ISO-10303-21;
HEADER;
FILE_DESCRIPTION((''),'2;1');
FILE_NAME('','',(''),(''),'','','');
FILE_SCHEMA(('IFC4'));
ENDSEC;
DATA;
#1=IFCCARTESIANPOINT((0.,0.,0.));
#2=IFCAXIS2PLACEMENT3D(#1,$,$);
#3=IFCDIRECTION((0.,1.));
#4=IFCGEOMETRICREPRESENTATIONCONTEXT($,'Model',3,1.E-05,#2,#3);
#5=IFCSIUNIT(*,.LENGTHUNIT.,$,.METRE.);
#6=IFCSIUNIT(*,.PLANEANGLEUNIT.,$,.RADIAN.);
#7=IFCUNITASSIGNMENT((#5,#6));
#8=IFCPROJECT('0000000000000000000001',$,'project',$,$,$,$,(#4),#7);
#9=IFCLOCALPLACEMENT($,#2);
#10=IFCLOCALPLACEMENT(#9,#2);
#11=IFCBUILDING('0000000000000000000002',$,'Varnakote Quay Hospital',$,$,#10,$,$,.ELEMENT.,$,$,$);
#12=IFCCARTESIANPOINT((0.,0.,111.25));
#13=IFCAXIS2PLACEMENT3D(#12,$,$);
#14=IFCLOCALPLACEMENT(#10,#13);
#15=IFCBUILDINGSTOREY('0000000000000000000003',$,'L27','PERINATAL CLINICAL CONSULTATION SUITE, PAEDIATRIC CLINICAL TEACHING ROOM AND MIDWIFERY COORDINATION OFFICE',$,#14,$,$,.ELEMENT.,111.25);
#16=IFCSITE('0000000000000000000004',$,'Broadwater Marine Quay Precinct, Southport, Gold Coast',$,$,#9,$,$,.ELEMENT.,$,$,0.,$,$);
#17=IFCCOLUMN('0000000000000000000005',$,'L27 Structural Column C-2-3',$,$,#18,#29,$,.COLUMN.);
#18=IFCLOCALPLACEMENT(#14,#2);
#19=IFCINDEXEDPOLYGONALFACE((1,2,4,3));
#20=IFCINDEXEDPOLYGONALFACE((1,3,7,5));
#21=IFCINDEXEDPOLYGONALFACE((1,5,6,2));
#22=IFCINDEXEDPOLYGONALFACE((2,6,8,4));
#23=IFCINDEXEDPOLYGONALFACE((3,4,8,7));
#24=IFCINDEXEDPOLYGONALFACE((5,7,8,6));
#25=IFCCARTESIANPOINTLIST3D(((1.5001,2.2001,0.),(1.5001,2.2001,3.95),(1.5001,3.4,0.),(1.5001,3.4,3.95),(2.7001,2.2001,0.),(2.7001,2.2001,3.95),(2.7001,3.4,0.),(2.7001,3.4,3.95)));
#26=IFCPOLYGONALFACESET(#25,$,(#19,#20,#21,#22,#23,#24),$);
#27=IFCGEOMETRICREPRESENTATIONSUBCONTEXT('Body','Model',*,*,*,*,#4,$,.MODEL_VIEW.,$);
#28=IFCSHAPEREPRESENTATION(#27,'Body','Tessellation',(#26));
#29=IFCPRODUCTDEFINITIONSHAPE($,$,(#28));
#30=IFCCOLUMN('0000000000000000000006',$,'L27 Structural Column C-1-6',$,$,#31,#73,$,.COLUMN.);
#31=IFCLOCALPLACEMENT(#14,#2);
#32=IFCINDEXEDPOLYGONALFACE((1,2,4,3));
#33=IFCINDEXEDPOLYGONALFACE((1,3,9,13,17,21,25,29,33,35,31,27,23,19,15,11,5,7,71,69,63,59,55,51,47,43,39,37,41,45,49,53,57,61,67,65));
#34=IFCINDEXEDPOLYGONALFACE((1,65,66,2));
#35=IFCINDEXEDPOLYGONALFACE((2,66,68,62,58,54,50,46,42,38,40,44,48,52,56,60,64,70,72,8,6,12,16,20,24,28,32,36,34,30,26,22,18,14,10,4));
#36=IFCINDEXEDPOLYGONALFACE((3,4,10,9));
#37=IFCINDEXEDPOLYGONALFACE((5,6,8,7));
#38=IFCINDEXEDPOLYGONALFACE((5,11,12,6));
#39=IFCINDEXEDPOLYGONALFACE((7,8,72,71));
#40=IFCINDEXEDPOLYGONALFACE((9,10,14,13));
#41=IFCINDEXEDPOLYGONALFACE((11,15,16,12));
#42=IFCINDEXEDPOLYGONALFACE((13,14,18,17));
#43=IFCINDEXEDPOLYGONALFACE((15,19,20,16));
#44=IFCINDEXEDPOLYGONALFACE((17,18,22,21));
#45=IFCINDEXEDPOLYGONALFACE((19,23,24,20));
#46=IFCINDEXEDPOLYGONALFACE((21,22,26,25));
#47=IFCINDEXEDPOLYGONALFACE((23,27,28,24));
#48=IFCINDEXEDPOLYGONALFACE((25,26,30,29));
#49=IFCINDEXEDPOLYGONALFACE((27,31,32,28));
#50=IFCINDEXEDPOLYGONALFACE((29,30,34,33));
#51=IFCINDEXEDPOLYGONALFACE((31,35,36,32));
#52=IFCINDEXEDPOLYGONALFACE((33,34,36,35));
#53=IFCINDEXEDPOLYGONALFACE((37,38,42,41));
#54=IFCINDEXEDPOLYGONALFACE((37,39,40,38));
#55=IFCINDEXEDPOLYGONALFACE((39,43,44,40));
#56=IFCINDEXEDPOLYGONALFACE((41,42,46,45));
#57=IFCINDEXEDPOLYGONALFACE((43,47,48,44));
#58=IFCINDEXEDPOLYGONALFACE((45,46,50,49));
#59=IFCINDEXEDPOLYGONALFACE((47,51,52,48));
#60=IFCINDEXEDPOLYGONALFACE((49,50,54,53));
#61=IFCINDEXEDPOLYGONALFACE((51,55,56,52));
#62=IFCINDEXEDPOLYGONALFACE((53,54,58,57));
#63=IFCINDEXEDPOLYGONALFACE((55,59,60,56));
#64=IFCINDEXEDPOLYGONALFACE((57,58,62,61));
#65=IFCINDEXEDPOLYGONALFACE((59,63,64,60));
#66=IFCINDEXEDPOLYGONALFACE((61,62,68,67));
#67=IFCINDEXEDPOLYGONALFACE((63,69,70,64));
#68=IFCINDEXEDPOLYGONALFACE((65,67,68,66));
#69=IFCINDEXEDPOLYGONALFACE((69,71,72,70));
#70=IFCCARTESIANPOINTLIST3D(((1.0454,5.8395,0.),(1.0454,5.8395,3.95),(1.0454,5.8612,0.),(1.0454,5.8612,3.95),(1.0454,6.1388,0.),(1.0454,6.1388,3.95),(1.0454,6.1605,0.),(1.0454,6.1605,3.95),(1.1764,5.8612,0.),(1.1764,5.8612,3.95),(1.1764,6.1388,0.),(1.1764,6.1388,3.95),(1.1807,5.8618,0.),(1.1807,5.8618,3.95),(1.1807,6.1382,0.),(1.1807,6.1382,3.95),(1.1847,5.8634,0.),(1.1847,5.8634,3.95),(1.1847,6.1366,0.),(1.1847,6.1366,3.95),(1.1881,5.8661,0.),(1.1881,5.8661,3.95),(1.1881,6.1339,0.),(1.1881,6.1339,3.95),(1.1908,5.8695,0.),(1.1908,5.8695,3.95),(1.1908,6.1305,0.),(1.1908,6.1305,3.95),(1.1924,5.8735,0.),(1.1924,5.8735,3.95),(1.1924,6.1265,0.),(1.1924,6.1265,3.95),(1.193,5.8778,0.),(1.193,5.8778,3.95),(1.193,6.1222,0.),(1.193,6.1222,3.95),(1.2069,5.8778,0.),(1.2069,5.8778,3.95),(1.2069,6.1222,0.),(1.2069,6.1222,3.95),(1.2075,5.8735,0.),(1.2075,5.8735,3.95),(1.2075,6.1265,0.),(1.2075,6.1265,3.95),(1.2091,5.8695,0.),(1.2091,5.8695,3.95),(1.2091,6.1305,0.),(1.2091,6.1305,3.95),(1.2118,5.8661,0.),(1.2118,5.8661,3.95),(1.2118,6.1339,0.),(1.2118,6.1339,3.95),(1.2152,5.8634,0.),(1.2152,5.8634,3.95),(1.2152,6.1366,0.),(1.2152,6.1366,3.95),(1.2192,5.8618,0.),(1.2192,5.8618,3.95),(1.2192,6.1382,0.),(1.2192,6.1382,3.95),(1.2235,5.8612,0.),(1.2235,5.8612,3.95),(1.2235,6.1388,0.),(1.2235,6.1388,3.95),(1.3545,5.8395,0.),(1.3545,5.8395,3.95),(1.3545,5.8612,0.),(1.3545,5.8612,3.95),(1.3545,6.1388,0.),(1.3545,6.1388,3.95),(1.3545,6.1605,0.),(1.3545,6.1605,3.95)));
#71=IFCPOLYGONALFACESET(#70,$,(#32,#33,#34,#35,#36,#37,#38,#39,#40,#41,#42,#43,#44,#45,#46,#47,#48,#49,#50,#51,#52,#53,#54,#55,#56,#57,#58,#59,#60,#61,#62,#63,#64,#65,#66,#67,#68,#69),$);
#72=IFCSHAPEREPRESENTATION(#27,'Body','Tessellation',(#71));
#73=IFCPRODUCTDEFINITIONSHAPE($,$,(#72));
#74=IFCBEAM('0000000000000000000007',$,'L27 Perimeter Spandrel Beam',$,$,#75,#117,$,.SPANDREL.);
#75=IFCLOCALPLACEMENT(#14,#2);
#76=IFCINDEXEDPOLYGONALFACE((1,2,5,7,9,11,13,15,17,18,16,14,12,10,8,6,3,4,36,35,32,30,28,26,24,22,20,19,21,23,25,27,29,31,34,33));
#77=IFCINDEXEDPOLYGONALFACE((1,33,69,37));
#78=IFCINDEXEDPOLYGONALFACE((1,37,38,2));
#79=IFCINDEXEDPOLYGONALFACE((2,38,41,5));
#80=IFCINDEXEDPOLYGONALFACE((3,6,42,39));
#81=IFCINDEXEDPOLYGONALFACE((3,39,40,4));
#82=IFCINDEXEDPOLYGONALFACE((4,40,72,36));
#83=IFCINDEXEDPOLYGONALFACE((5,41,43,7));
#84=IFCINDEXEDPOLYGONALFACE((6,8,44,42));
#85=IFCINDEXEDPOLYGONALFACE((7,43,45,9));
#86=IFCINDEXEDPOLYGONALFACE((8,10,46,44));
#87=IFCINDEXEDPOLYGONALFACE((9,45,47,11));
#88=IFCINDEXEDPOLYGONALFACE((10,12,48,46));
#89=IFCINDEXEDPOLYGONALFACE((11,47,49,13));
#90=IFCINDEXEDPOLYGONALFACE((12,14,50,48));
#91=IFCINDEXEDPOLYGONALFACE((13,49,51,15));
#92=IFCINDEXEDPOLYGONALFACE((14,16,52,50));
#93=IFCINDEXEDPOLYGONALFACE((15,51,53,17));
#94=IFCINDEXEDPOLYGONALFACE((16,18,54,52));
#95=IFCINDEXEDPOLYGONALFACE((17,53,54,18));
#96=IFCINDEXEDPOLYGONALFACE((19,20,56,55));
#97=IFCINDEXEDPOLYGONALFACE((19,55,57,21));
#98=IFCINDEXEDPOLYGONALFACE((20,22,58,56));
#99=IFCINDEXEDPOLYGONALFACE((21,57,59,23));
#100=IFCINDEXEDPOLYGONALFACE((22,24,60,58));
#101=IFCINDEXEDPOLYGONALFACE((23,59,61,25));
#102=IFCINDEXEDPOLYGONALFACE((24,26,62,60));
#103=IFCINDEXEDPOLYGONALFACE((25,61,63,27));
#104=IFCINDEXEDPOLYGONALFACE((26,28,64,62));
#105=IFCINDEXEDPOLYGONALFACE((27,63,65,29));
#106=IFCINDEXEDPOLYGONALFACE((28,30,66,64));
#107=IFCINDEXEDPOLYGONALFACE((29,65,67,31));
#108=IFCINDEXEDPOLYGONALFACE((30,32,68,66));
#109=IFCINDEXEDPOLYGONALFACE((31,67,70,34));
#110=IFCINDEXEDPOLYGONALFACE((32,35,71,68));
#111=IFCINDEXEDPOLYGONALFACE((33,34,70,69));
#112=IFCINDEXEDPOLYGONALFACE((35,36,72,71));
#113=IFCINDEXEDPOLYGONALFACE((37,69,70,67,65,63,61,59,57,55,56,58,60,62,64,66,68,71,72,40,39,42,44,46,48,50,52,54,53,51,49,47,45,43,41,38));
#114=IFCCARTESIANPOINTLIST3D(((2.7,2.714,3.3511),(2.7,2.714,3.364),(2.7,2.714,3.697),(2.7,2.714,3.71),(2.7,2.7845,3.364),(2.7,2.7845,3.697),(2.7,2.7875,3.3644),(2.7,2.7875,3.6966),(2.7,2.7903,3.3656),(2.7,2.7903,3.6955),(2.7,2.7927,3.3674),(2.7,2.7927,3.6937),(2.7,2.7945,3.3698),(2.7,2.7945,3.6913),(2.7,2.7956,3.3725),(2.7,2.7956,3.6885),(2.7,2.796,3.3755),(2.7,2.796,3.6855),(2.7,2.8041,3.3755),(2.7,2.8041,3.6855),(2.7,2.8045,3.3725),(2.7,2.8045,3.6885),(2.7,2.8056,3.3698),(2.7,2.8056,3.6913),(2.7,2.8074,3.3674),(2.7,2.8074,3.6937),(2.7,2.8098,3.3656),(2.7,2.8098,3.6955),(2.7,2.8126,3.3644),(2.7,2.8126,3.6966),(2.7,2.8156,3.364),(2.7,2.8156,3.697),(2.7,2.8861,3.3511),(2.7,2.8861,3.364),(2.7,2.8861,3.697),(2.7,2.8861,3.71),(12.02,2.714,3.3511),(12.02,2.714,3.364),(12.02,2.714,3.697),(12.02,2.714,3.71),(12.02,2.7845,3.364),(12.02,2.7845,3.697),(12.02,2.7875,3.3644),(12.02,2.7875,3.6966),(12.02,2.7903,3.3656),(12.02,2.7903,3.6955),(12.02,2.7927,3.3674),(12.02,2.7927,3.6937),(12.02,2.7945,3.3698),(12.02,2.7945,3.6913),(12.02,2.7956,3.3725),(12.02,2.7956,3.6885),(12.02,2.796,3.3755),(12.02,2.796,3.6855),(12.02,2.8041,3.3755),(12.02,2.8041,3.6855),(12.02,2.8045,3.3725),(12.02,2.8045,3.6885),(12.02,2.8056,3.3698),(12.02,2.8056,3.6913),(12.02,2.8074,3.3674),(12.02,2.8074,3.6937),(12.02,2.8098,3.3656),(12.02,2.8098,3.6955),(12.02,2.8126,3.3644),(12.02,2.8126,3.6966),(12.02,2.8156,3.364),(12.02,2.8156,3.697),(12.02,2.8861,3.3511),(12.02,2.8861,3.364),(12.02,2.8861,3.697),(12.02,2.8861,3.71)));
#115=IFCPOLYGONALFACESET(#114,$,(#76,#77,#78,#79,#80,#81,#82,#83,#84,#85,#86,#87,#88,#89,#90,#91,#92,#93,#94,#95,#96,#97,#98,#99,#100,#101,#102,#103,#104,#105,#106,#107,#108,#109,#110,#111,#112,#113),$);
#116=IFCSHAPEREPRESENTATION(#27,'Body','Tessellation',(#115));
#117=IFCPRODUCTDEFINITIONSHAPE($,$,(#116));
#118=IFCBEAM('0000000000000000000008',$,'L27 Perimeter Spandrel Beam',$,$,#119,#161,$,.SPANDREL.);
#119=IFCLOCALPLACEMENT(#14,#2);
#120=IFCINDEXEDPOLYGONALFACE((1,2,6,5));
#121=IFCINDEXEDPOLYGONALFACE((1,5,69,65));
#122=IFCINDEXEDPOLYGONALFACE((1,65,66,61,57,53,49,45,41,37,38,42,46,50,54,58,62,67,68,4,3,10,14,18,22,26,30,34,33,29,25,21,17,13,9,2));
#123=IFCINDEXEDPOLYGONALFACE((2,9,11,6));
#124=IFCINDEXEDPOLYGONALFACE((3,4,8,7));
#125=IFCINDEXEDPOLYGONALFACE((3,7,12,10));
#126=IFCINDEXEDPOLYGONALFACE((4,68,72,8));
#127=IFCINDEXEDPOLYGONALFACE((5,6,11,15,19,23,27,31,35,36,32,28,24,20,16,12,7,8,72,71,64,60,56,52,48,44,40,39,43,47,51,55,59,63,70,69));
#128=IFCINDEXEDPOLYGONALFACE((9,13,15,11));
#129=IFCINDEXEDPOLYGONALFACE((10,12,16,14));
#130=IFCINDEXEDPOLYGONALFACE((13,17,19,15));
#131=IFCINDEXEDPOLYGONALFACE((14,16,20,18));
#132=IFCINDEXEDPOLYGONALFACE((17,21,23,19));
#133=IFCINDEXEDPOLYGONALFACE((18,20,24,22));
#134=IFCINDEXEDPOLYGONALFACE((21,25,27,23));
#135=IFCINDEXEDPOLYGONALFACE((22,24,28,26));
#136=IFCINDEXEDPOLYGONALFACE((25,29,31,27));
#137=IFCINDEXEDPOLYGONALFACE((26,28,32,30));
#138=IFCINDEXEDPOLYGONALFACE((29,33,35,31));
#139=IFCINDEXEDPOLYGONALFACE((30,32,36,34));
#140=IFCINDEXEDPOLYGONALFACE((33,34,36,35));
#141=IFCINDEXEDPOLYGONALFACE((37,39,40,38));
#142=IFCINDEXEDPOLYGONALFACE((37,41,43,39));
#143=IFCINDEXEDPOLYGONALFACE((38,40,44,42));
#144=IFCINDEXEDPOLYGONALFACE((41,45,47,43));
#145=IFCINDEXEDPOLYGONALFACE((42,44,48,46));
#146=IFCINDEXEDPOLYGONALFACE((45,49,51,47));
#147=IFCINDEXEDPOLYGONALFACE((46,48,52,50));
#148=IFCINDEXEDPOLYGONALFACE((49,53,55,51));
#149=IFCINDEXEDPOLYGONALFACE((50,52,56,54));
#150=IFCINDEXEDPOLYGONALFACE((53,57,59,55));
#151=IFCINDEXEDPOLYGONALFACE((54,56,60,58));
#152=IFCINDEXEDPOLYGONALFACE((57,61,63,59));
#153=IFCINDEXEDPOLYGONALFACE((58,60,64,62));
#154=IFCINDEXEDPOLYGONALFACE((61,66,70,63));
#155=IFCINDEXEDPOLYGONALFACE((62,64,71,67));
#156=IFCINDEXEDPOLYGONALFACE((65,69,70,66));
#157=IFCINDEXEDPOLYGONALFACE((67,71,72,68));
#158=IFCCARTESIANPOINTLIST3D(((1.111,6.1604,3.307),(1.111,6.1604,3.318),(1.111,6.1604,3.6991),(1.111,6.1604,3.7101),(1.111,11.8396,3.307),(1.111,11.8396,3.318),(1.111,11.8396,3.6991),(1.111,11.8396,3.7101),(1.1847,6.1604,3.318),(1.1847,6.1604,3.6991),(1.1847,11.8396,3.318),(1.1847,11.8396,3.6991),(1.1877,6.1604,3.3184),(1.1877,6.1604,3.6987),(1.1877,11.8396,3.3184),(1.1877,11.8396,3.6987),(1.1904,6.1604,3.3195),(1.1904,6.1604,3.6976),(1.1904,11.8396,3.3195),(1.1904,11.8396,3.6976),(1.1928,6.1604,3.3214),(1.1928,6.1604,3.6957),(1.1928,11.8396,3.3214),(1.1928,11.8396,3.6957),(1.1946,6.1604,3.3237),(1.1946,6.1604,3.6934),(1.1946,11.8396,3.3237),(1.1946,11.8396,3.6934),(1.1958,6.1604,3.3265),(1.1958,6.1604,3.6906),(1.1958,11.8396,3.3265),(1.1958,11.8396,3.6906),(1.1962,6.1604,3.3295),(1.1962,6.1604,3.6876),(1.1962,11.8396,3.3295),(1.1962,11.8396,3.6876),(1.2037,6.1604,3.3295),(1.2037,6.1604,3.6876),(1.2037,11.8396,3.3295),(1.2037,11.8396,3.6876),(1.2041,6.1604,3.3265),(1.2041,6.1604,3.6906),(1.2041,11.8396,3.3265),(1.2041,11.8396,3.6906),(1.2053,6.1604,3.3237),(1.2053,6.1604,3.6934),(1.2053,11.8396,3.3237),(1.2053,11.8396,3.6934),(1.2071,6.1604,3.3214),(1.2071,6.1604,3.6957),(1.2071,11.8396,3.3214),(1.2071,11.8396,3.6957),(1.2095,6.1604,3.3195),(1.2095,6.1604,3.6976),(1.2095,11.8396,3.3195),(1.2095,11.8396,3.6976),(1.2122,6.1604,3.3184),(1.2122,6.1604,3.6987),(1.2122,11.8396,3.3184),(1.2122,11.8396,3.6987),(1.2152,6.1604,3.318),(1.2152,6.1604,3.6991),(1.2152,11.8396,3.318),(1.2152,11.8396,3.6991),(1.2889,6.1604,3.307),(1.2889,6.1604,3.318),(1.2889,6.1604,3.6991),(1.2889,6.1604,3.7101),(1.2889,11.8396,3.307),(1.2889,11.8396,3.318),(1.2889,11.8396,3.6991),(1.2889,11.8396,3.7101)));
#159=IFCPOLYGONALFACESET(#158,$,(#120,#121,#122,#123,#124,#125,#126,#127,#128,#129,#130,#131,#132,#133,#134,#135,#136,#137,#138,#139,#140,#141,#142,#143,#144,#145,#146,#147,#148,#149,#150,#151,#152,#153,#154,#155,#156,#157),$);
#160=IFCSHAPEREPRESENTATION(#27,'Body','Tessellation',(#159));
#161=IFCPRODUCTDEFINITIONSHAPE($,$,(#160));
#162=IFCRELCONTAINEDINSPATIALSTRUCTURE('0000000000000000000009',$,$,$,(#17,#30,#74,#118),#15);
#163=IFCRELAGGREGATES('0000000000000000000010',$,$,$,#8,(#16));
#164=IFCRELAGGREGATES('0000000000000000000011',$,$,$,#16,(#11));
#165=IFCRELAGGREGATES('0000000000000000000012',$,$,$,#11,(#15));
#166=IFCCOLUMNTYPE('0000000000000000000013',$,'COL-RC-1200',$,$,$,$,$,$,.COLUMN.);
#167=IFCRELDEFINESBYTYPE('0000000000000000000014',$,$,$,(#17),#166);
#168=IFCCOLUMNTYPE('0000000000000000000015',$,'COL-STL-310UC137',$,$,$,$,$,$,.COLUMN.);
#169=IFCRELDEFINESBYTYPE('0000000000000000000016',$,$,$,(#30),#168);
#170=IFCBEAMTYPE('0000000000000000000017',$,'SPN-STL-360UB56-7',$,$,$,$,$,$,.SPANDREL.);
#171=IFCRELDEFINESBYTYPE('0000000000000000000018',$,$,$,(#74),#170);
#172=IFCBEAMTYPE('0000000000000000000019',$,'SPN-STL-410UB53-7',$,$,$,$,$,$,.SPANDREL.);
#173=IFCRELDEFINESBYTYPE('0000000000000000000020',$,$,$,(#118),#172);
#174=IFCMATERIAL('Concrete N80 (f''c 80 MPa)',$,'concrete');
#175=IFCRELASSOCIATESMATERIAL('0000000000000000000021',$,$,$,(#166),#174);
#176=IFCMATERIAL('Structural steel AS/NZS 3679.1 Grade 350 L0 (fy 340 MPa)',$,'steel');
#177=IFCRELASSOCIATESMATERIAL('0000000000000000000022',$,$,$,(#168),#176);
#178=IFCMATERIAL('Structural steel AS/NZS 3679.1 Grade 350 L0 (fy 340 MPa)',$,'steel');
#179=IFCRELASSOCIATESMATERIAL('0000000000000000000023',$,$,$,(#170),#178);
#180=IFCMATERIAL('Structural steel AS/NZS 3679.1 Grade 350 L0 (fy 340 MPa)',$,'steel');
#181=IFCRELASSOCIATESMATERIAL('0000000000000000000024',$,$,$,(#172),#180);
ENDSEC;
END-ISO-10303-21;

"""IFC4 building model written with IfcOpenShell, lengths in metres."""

from ifc_helpers import new_model, si_unit, direction, frame, origin, origin_2d, place, context, subcontext, project, spatial, rectangle, i_section, extrude, material, material_profile, profile_set, type_object, element, save


model = new_model("IFC4")

# Units and contexts
model_context = context("Model", 3, precision=1e-05, world=origin(), true_north=direction((0.0, 1.0)))
body_context = subcontext(model_context, "Body", "Model", "MODEL_VIEW")
ifc_project = project(units=[si_unit("LENGTHUNIT", "METRE"), si_unit("PLANEANGLEUNIT", "RADIAN")], contexts=[model_context])

# Site, building, storey
site_placement = place(None, origin())
site = spatial("IfcSite", under=ifc_project, at=site_placement, Name="Broadwater Marine Quay Precinct, Southport, Gold Coast", CompositionType="ELEMENT", RefElevation=0.0)
building_placement = place(site_placement, origin())
building = spatial("IfcBuilding", under=site, at=building_placement, Name="Varnakote Quay Hospital", CompositionType="ELEMENT")
storey_placement = place(building_placement, frame((0.0, 0.0, 111.25)))
storey = spatial("IfcBuildingStorey", under=building, at=storey_placement, Name="L27", Description="PERINATAL CLINICAL CONSULTATION SUITE, PAEDIATRIC CLINICAL TEACHING ROOM AND MIDWIFERY COORDINATION OFFICE", CompositionType="ELEMENT", Elevation=111.25)

# Columns
ifc_material_1 = material(Name="Concrete N80 (f'c 80 MPa)", Category="concrete")
ifc_material_profile_1 = material_profile(ifc_material_1, rectangle(XDim=1.2, YDim=1.2, at=origin_2d()), Name="RC-COL-1200x1200")
ifc_profile_set_1 = profile_set([ifc_material_profile_1], Name="Concrete N80 (f'c 80 MPa)")
column_type_1 = type_object("IfcColumnType", Name="COL-RC-1200", PredefinedType="COLUMN", material=ifc_profile_set_1)
column_1_placement = place(storey_placement, frame((2.1001, 2.8, 0.0), z_axis=(0.0, 0.0, 1.0), x_axis=(1.0, 0.0, 0.0)))
element("IfcColumn", 1, at=column_1_placement, inside=storey, type_object=column_type_1, Name="L27 Structural Column C-2-3", PredefinedType="COLUMN", context=body_context, shape_type="SweptSolid", body=[
    extrude(rectangle(XDim=1.2, YDim=1.2, at=origin_2d()), origin(), (0.0, 0.0, 1.0), 3.95),
])
ifc_material_2 = material(Name="Structural steel AS/NZS 3679.1 Grade 350 L0 (fy 340 MPa)", Category="steel")
ifc_material_profile_2 = material_profile(ifc_material_2, i_section(OverallWidth=0.3091, OverallDepth=0.321, WebThickness=0.0139, FlangeThickness=0.0217, FilletRadius=0.0166, at=origin_2d()), Name="310UC137")
ifc_profile_set_2 = profile_set([ifc_material_profile_2], Name="Structural steel AS/NZS 3679.1 Grade 350 L0 (fy 340 MPa)")
column_type_2 = type_object("IfcColumnType", Name="COL-STL-310UC137", PredefinedType="COLUMN", material=ifc_profile_set_2)
column_2_placement = place(storey_placement, frame((1.2, 6.0, 0.0), z_axis=(0.0, 0.0, 1.0), x_axis=(1.0, 0.0, 0.0)))
element("IfcColumn", 2, at=column_2_placement, inside=storey, type_object=column_type_2, Name="L27 Structural Column C-1-6", PredefinedType="COLUMN", context=body_context, shape_type="SweptSolid", body=[
    extrude(i_section(OverallWidth=0.3091, OverallDepth=0.321, WebThickness=0.0139, FlangeThickness=0.0217, FilletRadius=0.0166, at=origin_2d()), origin(), (0.0, 0.0, 1.0), 3.95),
])

# Beams
ifc_material_3 = material(Name="Structural steel AS/NZS 3679.1 Grade 350 L0 (fy 340 MPa)", Category="steel")
ifc_material_profile_3 = material_profile(ifc_material_3, i_section(OverallWidth=0.1721, OverallDepth=0.3589, WebThickness=0.0081, FlangeThickness=0.0129, FilletRadius=0.0115, at=origin_2d()), Name="360UB56.7")
ifc_profile_set_3 = profile_set([ifc_material_profile_3], Name="Structural steel AS/NZS 3679.1 Grade 350 L0 (fy 340 MPa)")
beam_type_1 = type_object("IfcBeamType", Name="SPN-STL-360UB56-7", PredefinedType="SPANDREL", material=ifc_profile_set_3)
beam_1_placement = place(storey_placement, frame((2.7, 2.8, 3.5305), z_axis=(1.0, 0.0, 0.0), x_axis=(0.0, 1.0, 0.0)))
element("IfcBeam", 3, at=beam_1_placement, inside=storey, type_object=beam_type_1, Name="L27 Perimeter Spandrel Beam", PredefinedType="SPANDREL", context=body_context, shape_type="SweptSolid", body=[
    extrude(i_section(OverallWidth=0.1721, OverallDepth=0.3589, WebThickness=0.0081, FlangeThickness=0.0129, FilletRadius=0.0115, at=origin_2d()), origin(), (0.0, 0.0, 1.0), 9.3201),
])
ifc_material_4 = material(Name="Structural steel AS/NZS 3679.1 Grade 350 L0 (fy 340 MPa)", Category="steel")
ifc_material_profile_4 = material_profile(ifc_material_4, i_section(OverallWidth=0.178, OverallDepth=0.4031, WebThickness=0.0076, FlangeThickness=0.011, FilletRadius=0.0115, at=origin_2d()), Name="410UB53.7")
ifc_profile_set_4 = profile_set([ifc_material_profile_4], Name="Structural steel AS/NZS 3679.1 Grade 350 L0 (fy 340 MPa)")
beam_type_2 = type_object("IfcBeamType", Name="SPN-STL-410UB53-7", PredefinedType="SPANDREL", material=ifc_profile_set_4)
beam_2_placement = place(storey_placement, frame((1.2, 6.1604, 3.5085), z_axis=(0.0, 1.0, 0.0), x_axis=(-1.0, 0.0, 0.0)))
element("IfcBeam", 4, at=beam_2_placement, inside=storey, type_object=beam_type_2, Name="L27 Perimeter Spandrel Beam", PredefinedType="SPANDREL", context=body_context, shape_type="SweptSolid", body=[
    extrude(i_section(OverallWidth=0.178, OverallDepth=0.4031, WebThickness=0.0076, FlangeThickness=0.011, FilletRadius=0.0115, at=origin_2d()), origin(), (0.0, 0.0, 1.0), 5.6792),
])

save(model, "model.ifc")
